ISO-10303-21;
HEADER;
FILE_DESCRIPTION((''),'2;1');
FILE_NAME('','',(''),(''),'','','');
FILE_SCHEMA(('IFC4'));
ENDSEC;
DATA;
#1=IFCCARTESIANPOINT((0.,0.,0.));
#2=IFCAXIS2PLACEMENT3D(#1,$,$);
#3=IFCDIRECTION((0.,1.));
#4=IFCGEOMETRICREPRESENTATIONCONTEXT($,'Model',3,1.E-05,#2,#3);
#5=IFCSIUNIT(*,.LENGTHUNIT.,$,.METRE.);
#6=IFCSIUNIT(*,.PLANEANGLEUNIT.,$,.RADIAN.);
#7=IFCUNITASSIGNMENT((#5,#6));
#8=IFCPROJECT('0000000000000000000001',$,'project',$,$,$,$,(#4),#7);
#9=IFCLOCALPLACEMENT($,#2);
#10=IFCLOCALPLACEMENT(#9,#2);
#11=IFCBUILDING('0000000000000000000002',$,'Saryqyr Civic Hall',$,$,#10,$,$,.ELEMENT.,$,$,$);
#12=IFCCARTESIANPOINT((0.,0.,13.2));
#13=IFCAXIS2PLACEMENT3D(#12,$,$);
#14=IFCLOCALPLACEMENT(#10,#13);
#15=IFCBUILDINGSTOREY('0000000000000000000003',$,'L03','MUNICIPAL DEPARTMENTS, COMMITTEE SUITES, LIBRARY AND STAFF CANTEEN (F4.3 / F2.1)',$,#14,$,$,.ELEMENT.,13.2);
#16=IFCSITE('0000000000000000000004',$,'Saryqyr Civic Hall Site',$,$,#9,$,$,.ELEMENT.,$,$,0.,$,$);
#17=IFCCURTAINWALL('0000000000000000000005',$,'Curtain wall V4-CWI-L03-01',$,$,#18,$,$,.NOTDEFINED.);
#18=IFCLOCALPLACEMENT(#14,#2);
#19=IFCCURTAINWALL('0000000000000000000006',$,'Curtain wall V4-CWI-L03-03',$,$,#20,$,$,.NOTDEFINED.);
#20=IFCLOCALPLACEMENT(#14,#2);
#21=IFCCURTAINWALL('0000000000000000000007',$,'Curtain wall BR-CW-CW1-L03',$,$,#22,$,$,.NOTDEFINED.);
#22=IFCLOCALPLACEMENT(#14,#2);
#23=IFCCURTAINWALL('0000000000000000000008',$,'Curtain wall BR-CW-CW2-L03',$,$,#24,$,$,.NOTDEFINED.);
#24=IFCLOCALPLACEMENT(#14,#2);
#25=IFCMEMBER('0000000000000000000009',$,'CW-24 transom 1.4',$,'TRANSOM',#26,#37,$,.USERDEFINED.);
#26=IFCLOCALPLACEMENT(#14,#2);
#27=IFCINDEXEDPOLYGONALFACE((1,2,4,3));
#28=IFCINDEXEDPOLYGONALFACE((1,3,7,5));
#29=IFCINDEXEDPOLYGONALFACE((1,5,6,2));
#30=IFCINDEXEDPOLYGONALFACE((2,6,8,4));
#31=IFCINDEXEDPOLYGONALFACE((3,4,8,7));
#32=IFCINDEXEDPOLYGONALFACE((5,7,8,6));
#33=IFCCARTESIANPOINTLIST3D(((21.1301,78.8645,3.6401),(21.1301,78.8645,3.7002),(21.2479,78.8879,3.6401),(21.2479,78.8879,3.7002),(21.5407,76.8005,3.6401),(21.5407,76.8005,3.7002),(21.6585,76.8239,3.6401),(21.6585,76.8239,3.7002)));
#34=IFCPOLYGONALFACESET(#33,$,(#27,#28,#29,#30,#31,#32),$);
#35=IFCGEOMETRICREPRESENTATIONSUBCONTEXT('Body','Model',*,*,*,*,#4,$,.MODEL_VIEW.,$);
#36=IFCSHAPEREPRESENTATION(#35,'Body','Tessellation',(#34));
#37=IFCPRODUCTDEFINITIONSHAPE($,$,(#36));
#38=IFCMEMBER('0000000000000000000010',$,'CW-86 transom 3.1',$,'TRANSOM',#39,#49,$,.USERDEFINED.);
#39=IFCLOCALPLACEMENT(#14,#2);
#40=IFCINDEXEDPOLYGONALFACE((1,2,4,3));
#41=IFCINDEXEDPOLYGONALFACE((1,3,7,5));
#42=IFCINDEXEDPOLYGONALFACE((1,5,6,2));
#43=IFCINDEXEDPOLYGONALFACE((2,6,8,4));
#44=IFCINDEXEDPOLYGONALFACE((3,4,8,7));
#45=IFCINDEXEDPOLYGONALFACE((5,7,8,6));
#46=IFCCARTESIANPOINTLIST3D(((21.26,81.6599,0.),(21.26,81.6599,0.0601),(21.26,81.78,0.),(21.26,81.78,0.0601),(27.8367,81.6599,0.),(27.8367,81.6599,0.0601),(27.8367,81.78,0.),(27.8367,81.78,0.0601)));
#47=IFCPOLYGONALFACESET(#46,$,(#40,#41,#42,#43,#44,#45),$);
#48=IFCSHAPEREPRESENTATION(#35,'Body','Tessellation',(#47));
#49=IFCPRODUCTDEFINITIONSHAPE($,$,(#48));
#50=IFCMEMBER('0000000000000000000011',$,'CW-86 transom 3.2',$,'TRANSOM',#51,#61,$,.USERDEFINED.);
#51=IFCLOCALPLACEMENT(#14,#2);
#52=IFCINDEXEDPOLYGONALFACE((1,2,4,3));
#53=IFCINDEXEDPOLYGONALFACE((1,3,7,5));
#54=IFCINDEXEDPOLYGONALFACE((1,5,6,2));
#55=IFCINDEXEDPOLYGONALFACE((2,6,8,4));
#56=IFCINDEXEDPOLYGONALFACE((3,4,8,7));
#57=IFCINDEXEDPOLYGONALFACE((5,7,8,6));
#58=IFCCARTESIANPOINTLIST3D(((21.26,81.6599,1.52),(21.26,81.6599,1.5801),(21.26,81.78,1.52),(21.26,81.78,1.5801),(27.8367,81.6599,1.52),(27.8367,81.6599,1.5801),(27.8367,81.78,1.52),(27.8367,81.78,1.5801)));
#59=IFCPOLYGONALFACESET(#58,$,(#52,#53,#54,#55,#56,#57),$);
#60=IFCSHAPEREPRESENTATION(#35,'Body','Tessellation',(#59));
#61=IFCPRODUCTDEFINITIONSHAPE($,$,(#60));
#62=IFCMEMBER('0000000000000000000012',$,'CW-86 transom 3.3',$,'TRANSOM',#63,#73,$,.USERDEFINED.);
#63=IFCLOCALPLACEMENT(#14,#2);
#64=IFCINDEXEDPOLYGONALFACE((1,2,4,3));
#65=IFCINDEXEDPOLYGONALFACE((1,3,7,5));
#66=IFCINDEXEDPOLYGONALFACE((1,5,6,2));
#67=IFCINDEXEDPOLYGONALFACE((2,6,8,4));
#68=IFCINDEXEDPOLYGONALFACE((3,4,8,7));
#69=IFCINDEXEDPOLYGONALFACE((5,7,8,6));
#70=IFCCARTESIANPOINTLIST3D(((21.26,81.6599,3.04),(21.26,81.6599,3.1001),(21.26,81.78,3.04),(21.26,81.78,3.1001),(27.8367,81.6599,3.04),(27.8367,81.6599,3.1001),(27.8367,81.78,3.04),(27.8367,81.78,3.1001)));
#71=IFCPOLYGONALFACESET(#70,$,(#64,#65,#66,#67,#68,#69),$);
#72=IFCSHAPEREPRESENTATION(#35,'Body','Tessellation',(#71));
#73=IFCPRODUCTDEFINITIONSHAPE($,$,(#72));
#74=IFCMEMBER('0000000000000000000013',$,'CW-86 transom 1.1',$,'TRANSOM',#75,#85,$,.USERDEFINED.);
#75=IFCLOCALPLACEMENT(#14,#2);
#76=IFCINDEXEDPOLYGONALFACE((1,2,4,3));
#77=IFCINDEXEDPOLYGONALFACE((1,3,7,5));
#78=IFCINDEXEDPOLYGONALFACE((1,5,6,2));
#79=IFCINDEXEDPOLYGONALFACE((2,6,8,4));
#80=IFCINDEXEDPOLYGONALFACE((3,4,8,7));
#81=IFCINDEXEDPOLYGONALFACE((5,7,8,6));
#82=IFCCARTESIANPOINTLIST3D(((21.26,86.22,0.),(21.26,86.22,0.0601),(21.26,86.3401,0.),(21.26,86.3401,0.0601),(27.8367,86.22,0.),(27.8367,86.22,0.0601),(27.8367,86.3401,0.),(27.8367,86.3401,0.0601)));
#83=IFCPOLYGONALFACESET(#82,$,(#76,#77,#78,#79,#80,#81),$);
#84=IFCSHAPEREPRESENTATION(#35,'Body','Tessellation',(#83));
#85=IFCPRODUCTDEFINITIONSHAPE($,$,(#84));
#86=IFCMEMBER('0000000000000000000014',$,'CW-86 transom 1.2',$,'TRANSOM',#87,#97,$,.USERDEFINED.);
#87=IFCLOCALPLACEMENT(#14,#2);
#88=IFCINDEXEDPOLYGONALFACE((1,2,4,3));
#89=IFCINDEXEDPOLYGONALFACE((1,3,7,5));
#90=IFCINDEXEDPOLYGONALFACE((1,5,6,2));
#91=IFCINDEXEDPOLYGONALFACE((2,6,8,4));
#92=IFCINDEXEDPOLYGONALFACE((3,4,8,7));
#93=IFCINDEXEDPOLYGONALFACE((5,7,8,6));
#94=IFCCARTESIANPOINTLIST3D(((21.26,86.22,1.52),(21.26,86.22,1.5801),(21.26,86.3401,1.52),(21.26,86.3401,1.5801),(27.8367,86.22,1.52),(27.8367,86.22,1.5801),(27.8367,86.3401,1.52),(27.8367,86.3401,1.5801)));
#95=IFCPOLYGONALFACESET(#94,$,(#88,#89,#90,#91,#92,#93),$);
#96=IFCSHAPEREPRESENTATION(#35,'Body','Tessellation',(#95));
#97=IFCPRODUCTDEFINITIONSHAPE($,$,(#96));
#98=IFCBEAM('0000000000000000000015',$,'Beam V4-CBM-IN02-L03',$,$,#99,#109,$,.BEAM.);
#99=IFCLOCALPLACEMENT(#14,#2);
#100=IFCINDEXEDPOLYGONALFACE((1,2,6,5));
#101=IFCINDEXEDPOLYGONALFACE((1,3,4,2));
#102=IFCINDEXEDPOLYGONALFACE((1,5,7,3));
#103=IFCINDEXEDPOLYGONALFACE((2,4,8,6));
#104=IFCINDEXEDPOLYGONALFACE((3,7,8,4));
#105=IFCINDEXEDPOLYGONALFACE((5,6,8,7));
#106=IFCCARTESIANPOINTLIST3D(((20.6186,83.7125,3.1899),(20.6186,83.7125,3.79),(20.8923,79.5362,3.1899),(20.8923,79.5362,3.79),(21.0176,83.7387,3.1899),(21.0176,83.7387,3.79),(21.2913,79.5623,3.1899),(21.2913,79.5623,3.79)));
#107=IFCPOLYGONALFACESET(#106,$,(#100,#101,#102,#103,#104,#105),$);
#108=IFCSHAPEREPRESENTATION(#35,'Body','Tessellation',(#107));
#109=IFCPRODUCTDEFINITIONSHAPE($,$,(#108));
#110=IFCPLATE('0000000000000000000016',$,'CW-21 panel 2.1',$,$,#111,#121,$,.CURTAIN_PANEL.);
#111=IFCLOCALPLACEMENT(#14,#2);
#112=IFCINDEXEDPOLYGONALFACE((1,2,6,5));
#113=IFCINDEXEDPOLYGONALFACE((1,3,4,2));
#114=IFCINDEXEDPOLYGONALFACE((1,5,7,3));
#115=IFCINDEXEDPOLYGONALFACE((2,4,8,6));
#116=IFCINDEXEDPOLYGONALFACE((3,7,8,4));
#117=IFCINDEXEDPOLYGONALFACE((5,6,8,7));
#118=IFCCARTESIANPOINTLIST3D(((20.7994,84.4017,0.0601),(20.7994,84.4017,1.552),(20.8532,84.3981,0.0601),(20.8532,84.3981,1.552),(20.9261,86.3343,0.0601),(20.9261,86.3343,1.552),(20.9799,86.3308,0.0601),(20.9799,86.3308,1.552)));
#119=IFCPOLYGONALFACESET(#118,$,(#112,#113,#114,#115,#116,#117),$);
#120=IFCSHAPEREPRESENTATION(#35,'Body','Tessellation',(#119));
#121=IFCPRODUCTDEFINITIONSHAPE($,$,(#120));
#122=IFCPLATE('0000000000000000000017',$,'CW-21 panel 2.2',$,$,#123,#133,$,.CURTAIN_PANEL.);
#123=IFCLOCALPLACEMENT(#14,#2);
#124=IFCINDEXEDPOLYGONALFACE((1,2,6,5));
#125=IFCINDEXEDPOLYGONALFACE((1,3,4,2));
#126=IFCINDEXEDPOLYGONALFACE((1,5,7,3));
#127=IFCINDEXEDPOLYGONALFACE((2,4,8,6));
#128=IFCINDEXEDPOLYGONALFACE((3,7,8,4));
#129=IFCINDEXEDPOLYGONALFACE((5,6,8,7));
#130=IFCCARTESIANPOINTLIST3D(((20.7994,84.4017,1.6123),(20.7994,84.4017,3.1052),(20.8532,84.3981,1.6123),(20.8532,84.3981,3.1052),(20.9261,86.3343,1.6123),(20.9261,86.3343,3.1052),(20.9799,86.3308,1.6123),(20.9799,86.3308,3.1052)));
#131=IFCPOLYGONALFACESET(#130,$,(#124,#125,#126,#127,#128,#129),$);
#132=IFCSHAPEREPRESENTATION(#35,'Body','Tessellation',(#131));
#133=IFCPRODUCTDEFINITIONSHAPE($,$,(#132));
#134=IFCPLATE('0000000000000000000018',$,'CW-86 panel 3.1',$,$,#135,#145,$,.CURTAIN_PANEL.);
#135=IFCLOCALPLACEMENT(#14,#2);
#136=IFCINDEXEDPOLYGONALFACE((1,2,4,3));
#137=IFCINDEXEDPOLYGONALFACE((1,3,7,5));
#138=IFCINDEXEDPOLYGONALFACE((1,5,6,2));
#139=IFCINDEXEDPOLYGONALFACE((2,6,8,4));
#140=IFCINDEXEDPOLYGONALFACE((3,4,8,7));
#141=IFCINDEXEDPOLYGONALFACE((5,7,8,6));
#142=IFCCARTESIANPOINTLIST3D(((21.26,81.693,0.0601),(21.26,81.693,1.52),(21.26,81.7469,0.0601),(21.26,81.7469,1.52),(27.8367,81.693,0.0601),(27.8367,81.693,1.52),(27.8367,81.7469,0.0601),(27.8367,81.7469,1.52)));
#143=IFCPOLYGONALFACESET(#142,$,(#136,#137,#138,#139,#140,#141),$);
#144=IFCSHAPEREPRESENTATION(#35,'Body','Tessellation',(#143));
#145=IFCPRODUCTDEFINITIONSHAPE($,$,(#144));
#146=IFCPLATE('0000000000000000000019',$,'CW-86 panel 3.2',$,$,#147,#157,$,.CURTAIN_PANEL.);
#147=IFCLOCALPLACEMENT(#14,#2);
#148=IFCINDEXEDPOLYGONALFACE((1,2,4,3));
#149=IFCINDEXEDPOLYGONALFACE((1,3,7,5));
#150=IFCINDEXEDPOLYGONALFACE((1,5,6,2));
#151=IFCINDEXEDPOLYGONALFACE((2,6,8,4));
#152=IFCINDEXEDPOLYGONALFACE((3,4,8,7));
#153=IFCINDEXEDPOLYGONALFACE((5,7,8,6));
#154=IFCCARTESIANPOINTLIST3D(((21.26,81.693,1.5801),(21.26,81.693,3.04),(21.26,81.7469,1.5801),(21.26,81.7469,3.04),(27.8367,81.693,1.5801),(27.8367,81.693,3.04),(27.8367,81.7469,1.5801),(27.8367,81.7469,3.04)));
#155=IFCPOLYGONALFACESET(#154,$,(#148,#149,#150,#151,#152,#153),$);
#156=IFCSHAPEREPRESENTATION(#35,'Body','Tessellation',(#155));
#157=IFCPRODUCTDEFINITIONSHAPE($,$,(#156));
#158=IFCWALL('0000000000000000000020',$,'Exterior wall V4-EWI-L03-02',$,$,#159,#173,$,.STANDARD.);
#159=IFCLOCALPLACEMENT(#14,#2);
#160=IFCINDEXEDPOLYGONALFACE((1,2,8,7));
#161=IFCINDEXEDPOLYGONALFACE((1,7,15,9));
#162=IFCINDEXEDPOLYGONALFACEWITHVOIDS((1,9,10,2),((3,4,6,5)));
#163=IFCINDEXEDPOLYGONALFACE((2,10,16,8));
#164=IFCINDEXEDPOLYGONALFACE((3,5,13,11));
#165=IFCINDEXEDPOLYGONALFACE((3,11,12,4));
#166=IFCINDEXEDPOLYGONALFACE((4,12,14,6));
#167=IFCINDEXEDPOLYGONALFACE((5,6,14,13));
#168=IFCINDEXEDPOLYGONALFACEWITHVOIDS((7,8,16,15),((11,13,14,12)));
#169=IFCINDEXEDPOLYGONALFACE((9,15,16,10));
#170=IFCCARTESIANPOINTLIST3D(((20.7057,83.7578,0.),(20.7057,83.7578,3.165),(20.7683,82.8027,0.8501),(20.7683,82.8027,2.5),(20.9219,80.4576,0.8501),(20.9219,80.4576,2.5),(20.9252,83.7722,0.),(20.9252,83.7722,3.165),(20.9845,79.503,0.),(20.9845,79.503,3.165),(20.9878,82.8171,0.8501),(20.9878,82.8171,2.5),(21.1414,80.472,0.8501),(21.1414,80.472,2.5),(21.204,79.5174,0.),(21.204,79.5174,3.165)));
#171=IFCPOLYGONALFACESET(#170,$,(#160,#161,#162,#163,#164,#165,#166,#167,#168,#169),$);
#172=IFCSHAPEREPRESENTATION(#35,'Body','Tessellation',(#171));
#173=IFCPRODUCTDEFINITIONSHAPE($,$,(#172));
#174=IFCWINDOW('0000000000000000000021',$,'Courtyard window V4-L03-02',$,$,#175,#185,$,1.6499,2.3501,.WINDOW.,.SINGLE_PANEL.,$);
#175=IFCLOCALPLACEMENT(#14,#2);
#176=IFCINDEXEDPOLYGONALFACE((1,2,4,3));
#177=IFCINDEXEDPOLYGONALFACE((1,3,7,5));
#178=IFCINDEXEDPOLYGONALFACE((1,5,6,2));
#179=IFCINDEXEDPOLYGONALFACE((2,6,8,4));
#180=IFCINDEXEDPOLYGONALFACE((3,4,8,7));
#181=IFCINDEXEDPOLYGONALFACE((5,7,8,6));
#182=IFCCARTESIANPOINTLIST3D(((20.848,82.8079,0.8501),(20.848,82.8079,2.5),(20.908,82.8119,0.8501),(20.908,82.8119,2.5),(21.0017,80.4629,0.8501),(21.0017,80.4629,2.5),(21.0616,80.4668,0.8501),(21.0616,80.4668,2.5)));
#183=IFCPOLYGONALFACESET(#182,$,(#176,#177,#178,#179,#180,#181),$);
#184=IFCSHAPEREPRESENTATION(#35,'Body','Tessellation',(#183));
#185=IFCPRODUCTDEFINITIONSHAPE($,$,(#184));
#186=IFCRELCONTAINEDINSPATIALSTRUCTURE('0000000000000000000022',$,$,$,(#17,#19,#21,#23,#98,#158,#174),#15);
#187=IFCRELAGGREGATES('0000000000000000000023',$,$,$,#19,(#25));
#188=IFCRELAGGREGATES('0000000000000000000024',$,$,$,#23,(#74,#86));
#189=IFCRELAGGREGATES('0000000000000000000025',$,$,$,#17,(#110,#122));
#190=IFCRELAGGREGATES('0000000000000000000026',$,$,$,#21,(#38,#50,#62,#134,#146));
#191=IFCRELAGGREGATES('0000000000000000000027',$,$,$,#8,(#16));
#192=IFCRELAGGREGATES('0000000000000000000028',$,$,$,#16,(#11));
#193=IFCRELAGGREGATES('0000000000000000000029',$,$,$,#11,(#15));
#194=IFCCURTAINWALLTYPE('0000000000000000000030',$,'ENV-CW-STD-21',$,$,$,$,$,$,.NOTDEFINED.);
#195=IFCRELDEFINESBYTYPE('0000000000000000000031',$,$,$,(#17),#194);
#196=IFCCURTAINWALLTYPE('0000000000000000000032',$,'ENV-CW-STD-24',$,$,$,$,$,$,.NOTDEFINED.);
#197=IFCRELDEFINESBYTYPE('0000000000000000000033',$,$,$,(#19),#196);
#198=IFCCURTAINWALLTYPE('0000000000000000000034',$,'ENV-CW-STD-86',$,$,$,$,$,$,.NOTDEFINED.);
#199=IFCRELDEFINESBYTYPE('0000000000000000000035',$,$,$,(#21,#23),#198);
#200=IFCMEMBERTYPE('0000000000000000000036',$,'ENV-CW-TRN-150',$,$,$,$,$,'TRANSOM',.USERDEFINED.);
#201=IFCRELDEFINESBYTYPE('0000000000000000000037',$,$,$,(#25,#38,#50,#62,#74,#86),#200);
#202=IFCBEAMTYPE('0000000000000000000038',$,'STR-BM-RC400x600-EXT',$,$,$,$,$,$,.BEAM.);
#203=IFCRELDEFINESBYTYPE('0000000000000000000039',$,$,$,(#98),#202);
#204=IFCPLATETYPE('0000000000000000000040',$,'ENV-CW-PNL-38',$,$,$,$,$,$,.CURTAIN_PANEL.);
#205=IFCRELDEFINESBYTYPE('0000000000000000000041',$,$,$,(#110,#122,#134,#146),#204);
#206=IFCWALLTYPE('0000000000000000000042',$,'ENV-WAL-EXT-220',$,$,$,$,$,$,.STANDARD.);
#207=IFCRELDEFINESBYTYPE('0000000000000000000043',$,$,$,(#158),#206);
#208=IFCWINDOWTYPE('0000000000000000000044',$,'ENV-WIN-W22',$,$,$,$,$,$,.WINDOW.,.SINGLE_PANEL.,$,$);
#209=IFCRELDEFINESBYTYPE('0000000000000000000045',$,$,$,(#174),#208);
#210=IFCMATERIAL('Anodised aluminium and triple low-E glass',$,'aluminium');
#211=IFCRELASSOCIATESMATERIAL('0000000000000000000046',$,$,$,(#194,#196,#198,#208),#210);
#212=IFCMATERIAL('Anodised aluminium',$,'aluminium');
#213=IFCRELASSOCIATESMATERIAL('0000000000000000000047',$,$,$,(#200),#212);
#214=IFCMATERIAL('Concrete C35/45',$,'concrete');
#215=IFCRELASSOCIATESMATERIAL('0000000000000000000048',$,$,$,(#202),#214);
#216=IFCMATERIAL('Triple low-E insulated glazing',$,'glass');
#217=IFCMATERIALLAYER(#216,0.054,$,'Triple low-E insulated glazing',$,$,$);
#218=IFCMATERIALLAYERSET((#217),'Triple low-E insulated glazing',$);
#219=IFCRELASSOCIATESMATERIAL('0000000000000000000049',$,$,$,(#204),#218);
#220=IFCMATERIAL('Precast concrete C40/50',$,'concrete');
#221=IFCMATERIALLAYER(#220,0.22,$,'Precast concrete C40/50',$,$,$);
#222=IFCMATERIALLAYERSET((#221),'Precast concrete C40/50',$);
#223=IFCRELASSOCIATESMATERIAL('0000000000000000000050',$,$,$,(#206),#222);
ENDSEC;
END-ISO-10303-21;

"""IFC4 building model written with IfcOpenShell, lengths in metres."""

from ifc_helpers import new_model, si_unit, direction, frame, frame_2d, origin, origin_2d, place, context, subcontext, project, spatial, rectangle, extrude, material, layer, layer_set, material_profile, profile_set, type_object, element, fill, aggregate, save


model = new_model("IFC4")

# Units and contexts
model_context = context("Model", 3, precision=1e-05, world=origin(), true_north=direction((0.0, 1.0)))
body_context = subcontext(model_context, "Body", "Model", "MODEL_VIEW")
ifc_project = project(units=[si_unit("LENGTHUNIT", "METRE"), si_unit("PLANEANGLEUNIT", "RADIAN")], contexts=[model_context])

# Site, building, storey
site_placement = place(None, origin())
site = spatial("IfcSite", under=ifc_project, at=site_placement, Name="Saryqyr Civic Hall Site", CompositionType="ELEMENT", RefElevation=0.0)
building_placement = place(site_placement, origin())
building = spatial("IfcBuilding", under=site, at=building_placement, Name="Saryqyr Civic Hall", CompositionType="ELEMENT")
storey_placement = place(building_placement, frame((0.0, 0.0, 13.2)))
storey = spatial("IfcBuildingStorey", under=building, at=storey_placement, Name="L03", Description="MUNICIPAL DEPARTMENTS, COMMITTEE SUITES, LIBRARY AND STAFF CANTEEN (F4.3 / F2.1)", CompositionType="ELEMENT", Elevation=13.2)

# Curtain walls
ifc_material_1 = material(Name="Anodised aluminium and triple low-E glass", Category="aluminium")
curtain_wall_type_1 = type_object("IfcCurtainWallType", Name="ENV-CW-STD-21", PredefinedType="NOTDEFINED", material=ifc_material_1)
curtain_wall_1_placement = place(storey_placement, origin())
curtain_wall_1 = element("IfcCurtainWall", 1, at=curtain_wall_1_placement, inside=storey, type_object=curtain_wall_type_1, Name="Curtain wall V4-CWI-L03-01", PredefinedType="NOTDEFINED")
ifc_material_2 = material(Name="Anodised aluminium", Category="aluminium")
curtain_wall_type_2 = type_object("IfcCurtainWallType", Name="ENV-CW-STD-24", PredefinedType="NOTDEFINED", material=ifc_material_1)
curtain_wall_2_placement = place(storey_placement, origin())
curtain_wall_2 = element("IfcCurtainWall", 2, at=curtain_wall_2_placement, inside=storey, type_object=curtain_wall_type_2, Name="Curtain wall V4-CWI-L03-03", PredefinedType="NOTDEFINED")

# Curtain wall
curtain_wall_type_3 = type_object("IfcCurtainWallType", Name="ENV-CW-STD-86", PredefinedType="NOTDEFINED", material=ifc_material_1)
curtain_wall_3_placement = place(storey_placement, origin())
curtain_wall_3 = element("IfcCurtainWall", 3, at=curtain_wall_3_placement, inside=storey, type_object=curtain_wall_type_3, Name="Curtain wall BR-CW-CW1-L03", PredefinedType="NOTDEFINED")

# Curtain wall
curtain_wall_4_placement = place(storey_placement, origin())
curtain_wall_4 = element("IfcCurtainWall", 4, at=curtain_wall_4_placement, inside=storey, type_object=curtain_wall_type_3, Name="Curtain wall BR-CW-CW2-L03", PredefinedType="NOTDEFINED")

# Members
ifc_material_profile_1 = material_profile(ifc_material_2, rectangle(XDim=0.1201, YDim=0.0601, at=origin_2d()), Name="ALU TRANSOM 120x60")
ifc_profile_set_1 = profile_set([ifc_material_profile_1], Name="Anodised aluminium")
member_type_1 = type_object("IfcMemberType", Name="ENV-CW-TRN-150", ElementType="TRANSOM", PredefinedType="USERDEFINED", material=ifc_profile_set_1)
member_1_placement = place(storey_placement, frame((21.189, 78.8762, 3.6702), z_axis=(0.195134, -0.980777, 0.0), x_axis=(0.980777, 0.195134, 0.0)))
member_1 = element("IfcMember", 5, at=member_1_placement, type_object=member_type_1, Name="CW-24 transom 1.4", ObjectType="TRANSOM", PredefinedType="USERDEFINED", context=body_context, shape_type="SweptSolid", body=[
    extrude(rectangle(XDim=0.1201, YDim=0.0601, at=origin_2d()), origin(), (0.0, 0.0, 1.0), 2.1045),
])
aggregate(curtain_wall_2, [member_1])
member_2_placement = place(storey_placement, frame((27.8367, 81.72, 0.03), z_axis=(-1.0, 0.0, 0.0), x_axis=(0.0, -1.0, 0.0)))
member_2 = element("IfcMember", 6, at=member_2_placement, type_object=member_type_1, Name="CW-86 transom 3.1", ObjectType="TRANSOM", PredefinedType="USERDEFINED", context=body_context, shape_type="SweptSolid", body=[
    extrude(rectangle(XDim=0.1201, YDim=0.0601, at=origin_2d()), origin(), (0.0, 0.0, 1.0), 6.5767),
])
member_3_placement = place(storey_placement, frame((27.8367, 81.72, 1.55), z_axis=(-1.0, 0.0, 0.0), x_axis=(0.0, -1.0, 0.0)))
member_3 = element("IfcMember", 7, at=member_3_placement, type_object=member_type_1, Name="CW-86 transom 3.2", ObjectType="TRANSOM", PredefinedType="USERDEFINED", context=body_context, shape_type="SweptSolid", body=[
    extrude(rectangle(XDim=0.1201, YDim=0.0601, at=origin_2d()), origin(), (0.0, 0.0, 1.0), 6.5767),
])
member_4_placement = place(storey_placement, frame((27.8367, 81.72, 3.0701), z_axis=(-1.0, 0.0, 0.0), x_axis=(0.0, -1.0, 0.0)))
member_4 = element("IfcMember", 8, at=member_4_placement, type_object=member_type_1, Name="CW-86 transom 3.3", ObjectType="TRANSOM", PredefinedType="USERDEFINED", context=body_context, shape_type="SweptSolid", body=[
    extrude(rectangle(XDim=0.1201, YDim=0.0601, at=origin_2d()), origin(), (0.0, 0.0, 1.0), 6.5767),
])
member_5_placement = place(storey_placement, frame((21.26, 86.28, 0.03), z_axis=(1.0, 0.0, 0.0), x_axis=(0.0, 1.0, 0.0)))
member_5 = element("IfcMember", 9, at=member_5_placement, type_object=member_type_1, Name="CW-86 transom 1.1", ObjectType="TRANSOM", PredefinedType="USERDEFINED", context=body_context, shape_type="SweptSolid", body=[
    extrude(rectangle(XDim=0.1201, YDim=0.0601, at=origin_2d()), origin(), (0.0, 0.0, 1.0), 6.5767),
])
member_6_placement = place(storey_placement, frame((21.26, 86.28, 1.55), z_axis=(1.0, 0.0, 0.0), x_axis=(0.0, 1.0, 0.0)))
member_6 = element("IfcMember", 10, at=member_6_placement, type_object=member_type_1, Name="CW-86 transom 1.2", ObjectType="TRANSOM", PredefinedType="USERDEFINED", context=body_context, shape_type="SweptSolid", body=[
    extrude(rectangle(XDim=0.1201, YDim=0.0601, at=origin_2d()), origin(), (0.0, 0.0, 1.0), 6.5767),
])
aggregate(curtain_wall_4, [member_5, member_6])

# Beam
ifc_material_3 = material(Name="Concrete C35/45", Category="concrete")
ifc_material_profile_2 = material_profile(ifc_material_3, rectangle(XDim=0.3999, YDim=0.6001, at=origin_2d()), Name="RC 400x600")
ifc_profile_set_2 = profile_set([ifc_material_profile_2], Name="Concrete C35/45")
beam_type = type_object("IfcBeamType", Name="STR-BM-RC400x600-EXT", PredefinedType="BEAM", material=ifc_profile_set_2)
beam_placement = place(storey_placement, frame((20.8181, 83.7256, 3.49), z_axis=(0.065392, -0.99786, 0.0), x_axis=(0.99786, 0.065392, 0.0)))
element("IfcBeam", 11, at=beam_placement, inside=storey, type_object=beam_type, Name="Beam V4-CBM-IN02-L03", PredefinedType="BEAM", context=body_context, shape_type="SweptSolid", body=[
    extrude(rectangle(XDim=0.3999, YDim=0.6001, at=origin_2d()), origin(), (0.0, 0.0, 1.0), 4.1853),
])

# Plates
ifc_material_4 = material(Name="Triple low-E insulated glazing", Category="glass")
ifc_layer_1 = layer(ifc_material_4, 0.054, Name="Triple low-E insulated glazing")
ifc_layer_set_1 = layer_set([ifc_layer_1], Name="Triple low-E insulated glazing")
plate_type = type_object("IfcPlateType", Name="ENV-CW-PNL-38", PredefinedType="CURTAIN_PANEL", material=ifc_layer_set_1)
plate_1_placement = place(storey_placement, frame((20.8896, 85.3662, 0.0601), z_axis=(0.0, 0.0, 1.0), x_axis=(-0.065397, -0.997859, 0.0)))
plate_1 = element("IfcPlate", 12, at=plate_1_placement, type_object=plate_type, Name="CW-21 panel 2.1", PredefinedType="CURTAIN_PANEL", context=body_context, shape_type="SweptSolid", body=[
    extrude(rectangle(XDim=1.9368, YDim=0.054, at=origin_2d()), origin(), (0.0, 0.0, 1.0), 1.4919),
])
plate_2_placement = place(storey_placement, frame((20.8896, 85.3662, 1.6123), z_axis=(0.0, 0.0, 1.0), x_axis=(-0.065397, -0.997859, 0.0)))
plate_2 = element("IfcPlate", 13, at=plate_2_placement, type_object=plate_type, Name="CW-21 panel 2.2", PredefinedType="CURTAIN_PANEL", context=body_context, shape_type="SweptSolid", body=[
    extrude(rectangle(XDim=1.9368, YDim=0.054, at=origin_2d()), origin(), (0.0, 0.0, 1.0), 1.4929),
])
aggregate(curtain_wall_1, [plate_1, plate_2])
plate_3_placement = place(storey_placement, frame((24.5483, 81.72, 0.0601), z_axis=(0.0, 0.0, 1.0), x_axis=(-1.0, 0.0, 0.0)))
plate_3 = element("IfcPlate", 14, at=plate_3_placement, type_object=plate_type, Name="CW-86 panel 3.1", PredefinedType="CURTAIN_PANEL", context=body_context, shape_type="SweptSolid", body=[
    extrude(rectangle(XDim=6.5767, YDim=0.054, at=origin_2d()), origin(), (0.0, 0.0, 1.0), 1.46),
])
plate_4_placement = place(storey_placement, frame((24.5483, 81.72, 1.5801), z_axis=(0.0, 0.0, 1.0), x_axis=(-1.0, 0.0, 0.0)))
plate_4 = element("IfcPlate", 15, at=plate_4_placement, type_object=plate_type, Name="CW-86 panel 3.2", PredefinedType="CURTAIN_PANEL", context=body_context, shape_type="SweptSolid", body=[
    extrude(rectangle(XDim=6.5767, YDim=0.054, at=origin_2d()), origin(), (0.0, 0.0, 1.0), 1.46),
])
aggregate(curtain_wall_3, [member_2, member_3, member_4, plate_3, plate_4])

# Wall, opening, window
ifc_material_5 = material(Name="Precast concrete C40/50", Category="concrete")
ifc_layer_2 = layer(ifc_material_5, 0.22, Name="Precast concrete C40/50")
ifc_layer_set_2 = layer_set([ifc_layer_2], Name="Precast concrete C40/50")
wall_type_1 = type_object("IfcWallType", Name="ENV-WAL-EXT-220", PredefinedType="STANDARD", material=ifc_layer_set_2)
wall_1_placement = place(storey_placement, frame((20.8154, 83.7649, 0.0), z_axis=(0.0, 0.0, 1.0), x_axis=(0.065387, -0.99786, 0.0)))
wall_1 = element("IfcWall", 16, at=wall_1_placement, inside=storey, type_object=wall_type_1, Name="Exterior wall V4-EWI-L03-02", PredefinedType="STANDARD", context=body_context, shape_type="SweptSolid", body=[
    extrude(rectangle(XDim=4.2639, YDim=0.22, at=frame_2d((2.1318, 0.0))), origin(), (0.0, 0.0, 1.0), 3.165),
])
opening_placement = place(wall_1_placement, frame((0.957, 0.0, 0.8501)))
opening = element("IfcOpeningElement", 17, at=opening_placement, cuts=wall_1, PredefinedType="OPENING", context=body_context, shape_type="SweptSolid", body=[
    extrude(rectangle(XDim=2.3501, YDim=1.6499, at=frame_2d((1.175, 0.825))), frame((0.0, 0.1199, 0.0), z_axis=(0.0, -1.0, 0.0), x_axis=(1.0, 0.0, 0.0)), (0.0, 0.0, 1.0), 0.24),
])
window_type = type_object("IfcWindowType", Name="ENV-WIN-W22", PartitioningType="SINGLE_PANEL", PredefinedType="WINDOW", material=ifc_material_1)
window_placement = place(opening_placement, origin())
window = element("IfcWindow", 18, at=window_placement, inside=storey, type_object=window_type, Name="Courtyard window V4-L03-02", OverallHeight=1.6499, OverallWidth=2.3501, PartitioningType="SINGLE_PANEL", PredefinedType="WINDOW", context=body_context, shape_type="SweptSolid", body=[
    extrude(rectangle(XDim=2.3501, YDim=1.6499, at=frame_2d((1.175, 0.825))), frame((0.0, 0.03, 0.0), z_axis=(0.0, -1.0, 0.0), x_axis=(1.0, 0.0, 0.0)), (0.0, 0.0, 1.0), 0.0601),
])
fill(opening, window)

save(model, "model.ifc")
